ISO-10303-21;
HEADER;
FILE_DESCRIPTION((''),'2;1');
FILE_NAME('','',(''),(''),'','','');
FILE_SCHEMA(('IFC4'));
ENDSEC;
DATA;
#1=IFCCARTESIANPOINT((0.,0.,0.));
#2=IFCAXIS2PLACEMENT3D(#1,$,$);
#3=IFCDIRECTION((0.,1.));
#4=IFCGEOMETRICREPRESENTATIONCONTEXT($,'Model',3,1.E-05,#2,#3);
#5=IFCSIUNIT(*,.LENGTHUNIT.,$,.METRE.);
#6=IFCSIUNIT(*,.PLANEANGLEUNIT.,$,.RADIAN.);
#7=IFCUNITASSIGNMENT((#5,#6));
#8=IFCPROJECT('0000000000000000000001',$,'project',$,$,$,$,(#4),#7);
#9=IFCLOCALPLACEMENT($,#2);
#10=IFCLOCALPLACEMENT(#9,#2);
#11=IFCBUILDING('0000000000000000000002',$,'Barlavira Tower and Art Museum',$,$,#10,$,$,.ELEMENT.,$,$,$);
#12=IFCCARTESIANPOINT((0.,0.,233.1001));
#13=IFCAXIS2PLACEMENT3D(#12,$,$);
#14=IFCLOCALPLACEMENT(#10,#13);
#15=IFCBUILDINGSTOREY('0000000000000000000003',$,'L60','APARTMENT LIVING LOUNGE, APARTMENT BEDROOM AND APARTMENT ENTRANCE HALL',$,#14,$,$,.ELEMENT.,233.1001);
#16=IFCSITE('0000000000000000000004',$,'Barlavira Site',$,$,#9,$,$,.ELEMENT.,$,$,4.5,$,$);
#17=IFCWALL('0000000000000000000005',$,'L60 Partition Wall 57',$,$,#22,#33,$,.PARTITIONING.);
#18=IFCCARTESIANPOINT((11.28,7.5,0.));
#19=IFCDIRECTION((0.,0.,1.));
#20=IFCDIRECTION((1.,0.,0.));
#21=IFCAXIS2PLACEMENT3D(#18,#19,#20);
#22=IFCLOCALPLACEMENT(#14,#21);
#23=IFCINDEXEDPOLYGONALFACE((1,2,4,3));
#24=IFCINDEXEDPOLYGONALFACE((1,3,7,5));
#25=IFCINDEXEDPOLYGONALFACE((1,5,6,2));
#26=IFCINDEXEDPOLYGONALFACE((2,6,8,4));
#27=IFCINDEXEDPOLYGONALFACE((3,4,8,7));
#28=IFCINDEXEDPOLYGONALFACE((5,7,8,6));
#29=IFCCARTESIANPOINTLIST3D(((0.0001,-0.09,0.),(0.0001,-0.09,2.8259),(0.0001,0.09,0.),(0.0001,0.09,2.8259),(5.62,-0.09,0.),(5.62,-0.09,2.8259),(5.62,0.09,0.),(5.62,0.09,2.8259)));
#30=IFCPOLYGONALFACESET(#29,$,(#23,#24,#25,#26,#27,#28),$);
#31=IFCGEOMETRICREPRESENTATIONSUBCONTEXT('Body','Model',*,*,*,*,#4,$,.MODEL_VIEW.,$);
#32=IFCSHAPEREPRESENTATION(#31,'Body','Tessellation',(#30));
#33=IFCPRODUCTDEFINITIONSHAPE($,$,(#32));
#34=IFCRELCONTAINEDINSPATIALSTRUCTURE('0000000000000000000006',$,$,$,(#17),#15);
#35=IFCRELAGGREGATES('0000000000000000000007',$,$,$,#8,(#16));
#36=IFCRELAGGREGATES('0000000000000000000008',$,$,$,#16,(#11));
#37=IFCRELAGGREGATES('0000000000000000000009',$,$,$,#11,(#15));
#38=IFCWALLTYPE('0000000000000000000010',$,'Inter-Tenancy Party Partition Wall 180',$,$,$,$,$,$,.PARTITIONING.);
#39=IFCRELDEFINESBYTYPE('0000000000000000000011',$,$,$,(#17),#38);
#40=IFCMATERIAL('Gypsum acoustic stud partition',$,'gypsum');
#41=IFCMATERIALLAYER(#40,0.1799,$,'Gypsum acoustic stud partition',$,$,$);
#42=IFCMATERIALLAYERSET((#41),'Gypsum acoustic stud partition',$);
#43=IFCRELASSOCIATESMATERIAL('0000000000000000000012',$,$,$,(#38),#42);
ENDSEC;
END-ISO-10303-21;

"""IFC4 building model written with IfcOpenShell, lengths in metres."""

from ifc_helpers import new_model, si_unit, direction, frame, frame_2d, origin, place, context, subcontext, project, spatial, rectangle, extrude, material, layer, layer_set, type_object, element, save


model = new_model("IFC4")

# Units and contexts
model_context = context("Model", 3, precision=1e-05, world=origin(), true_north=direction((0.0, 1.0)))
body_context = subcontext(model_context, "Body", "Model", "MODEL_VIEW")
ifc_project = project(units=[si_unit("LENGTHUNIT", "METRE"), si_unit("PLANEANGLEUNIT", "RADIAN")], contexts=[model_context])

# Site, building, storey
site_placement = place(None, origin())
site = spatial("IfcSite", under=ifc_project, at=site_placement, Name="Barlavira Site", CompositionType="ELEMENT", RefElevation=4.5)
building_placement = place(site_placement, origin())
building = spatial("IfcBuilding", under=site, at=building_placement, Name="Barlavira Tower and Art Museum", CompositionType="ELEMENT")
storey_placement = place(building_placement, frame((0.0, 0.0, 233.1001)))
storey = spatial("IfcBuildingStorey", under=building, at=storey_placement, Name="L60", Description="APARTMENT LIVING LOUNGE, APARTMENT BEDROOM AND APARTMENT ENTRANCE HALL", CompositionType="ELEMENT", Elevation=233.1001)

# Shared definitions
ifc_material_1 = material(Name="Gypsum acoustic stud partition", Category="gypsum")

# Wall
ifc_layer_1 = layer(ifc_material_1, 0.1799, Name="Gypsum acoustic stud partition")
ifc_layer_set_1 = layer_set([ifc_layer_1], Name="Gypsum acoustic stud partition")
wall_type_1 = type_object("IfcWallType", Name="Inter-Tenancy Party Partition Wall 180", PredefinedType="PARTITIONING", material=ifc_layer_set_1)
wall_1_placement = place(storey_placement, frame((11.28, 7.5, 0.0), z_axis=(0.0, 0.0, 1.0), x_axis=(1.0, 0.0, 0.0)))
element("IfcWall", 1, at=wall_1_placement, inside=storey, type_object=wall_type_1, Name="L60 Partition Wall 57", PredefinedType="PARTITIONING", context=body_context, shape_type="SweptSolid", body=[
    extrude(rectangle(XDim=5.6199, YDim=0.1799, at=frame_2d((2.8101, 0.0))), origin(), (0.0, 0.0, 1.0), 2.8259),
])

save(model, "model.ifc")
